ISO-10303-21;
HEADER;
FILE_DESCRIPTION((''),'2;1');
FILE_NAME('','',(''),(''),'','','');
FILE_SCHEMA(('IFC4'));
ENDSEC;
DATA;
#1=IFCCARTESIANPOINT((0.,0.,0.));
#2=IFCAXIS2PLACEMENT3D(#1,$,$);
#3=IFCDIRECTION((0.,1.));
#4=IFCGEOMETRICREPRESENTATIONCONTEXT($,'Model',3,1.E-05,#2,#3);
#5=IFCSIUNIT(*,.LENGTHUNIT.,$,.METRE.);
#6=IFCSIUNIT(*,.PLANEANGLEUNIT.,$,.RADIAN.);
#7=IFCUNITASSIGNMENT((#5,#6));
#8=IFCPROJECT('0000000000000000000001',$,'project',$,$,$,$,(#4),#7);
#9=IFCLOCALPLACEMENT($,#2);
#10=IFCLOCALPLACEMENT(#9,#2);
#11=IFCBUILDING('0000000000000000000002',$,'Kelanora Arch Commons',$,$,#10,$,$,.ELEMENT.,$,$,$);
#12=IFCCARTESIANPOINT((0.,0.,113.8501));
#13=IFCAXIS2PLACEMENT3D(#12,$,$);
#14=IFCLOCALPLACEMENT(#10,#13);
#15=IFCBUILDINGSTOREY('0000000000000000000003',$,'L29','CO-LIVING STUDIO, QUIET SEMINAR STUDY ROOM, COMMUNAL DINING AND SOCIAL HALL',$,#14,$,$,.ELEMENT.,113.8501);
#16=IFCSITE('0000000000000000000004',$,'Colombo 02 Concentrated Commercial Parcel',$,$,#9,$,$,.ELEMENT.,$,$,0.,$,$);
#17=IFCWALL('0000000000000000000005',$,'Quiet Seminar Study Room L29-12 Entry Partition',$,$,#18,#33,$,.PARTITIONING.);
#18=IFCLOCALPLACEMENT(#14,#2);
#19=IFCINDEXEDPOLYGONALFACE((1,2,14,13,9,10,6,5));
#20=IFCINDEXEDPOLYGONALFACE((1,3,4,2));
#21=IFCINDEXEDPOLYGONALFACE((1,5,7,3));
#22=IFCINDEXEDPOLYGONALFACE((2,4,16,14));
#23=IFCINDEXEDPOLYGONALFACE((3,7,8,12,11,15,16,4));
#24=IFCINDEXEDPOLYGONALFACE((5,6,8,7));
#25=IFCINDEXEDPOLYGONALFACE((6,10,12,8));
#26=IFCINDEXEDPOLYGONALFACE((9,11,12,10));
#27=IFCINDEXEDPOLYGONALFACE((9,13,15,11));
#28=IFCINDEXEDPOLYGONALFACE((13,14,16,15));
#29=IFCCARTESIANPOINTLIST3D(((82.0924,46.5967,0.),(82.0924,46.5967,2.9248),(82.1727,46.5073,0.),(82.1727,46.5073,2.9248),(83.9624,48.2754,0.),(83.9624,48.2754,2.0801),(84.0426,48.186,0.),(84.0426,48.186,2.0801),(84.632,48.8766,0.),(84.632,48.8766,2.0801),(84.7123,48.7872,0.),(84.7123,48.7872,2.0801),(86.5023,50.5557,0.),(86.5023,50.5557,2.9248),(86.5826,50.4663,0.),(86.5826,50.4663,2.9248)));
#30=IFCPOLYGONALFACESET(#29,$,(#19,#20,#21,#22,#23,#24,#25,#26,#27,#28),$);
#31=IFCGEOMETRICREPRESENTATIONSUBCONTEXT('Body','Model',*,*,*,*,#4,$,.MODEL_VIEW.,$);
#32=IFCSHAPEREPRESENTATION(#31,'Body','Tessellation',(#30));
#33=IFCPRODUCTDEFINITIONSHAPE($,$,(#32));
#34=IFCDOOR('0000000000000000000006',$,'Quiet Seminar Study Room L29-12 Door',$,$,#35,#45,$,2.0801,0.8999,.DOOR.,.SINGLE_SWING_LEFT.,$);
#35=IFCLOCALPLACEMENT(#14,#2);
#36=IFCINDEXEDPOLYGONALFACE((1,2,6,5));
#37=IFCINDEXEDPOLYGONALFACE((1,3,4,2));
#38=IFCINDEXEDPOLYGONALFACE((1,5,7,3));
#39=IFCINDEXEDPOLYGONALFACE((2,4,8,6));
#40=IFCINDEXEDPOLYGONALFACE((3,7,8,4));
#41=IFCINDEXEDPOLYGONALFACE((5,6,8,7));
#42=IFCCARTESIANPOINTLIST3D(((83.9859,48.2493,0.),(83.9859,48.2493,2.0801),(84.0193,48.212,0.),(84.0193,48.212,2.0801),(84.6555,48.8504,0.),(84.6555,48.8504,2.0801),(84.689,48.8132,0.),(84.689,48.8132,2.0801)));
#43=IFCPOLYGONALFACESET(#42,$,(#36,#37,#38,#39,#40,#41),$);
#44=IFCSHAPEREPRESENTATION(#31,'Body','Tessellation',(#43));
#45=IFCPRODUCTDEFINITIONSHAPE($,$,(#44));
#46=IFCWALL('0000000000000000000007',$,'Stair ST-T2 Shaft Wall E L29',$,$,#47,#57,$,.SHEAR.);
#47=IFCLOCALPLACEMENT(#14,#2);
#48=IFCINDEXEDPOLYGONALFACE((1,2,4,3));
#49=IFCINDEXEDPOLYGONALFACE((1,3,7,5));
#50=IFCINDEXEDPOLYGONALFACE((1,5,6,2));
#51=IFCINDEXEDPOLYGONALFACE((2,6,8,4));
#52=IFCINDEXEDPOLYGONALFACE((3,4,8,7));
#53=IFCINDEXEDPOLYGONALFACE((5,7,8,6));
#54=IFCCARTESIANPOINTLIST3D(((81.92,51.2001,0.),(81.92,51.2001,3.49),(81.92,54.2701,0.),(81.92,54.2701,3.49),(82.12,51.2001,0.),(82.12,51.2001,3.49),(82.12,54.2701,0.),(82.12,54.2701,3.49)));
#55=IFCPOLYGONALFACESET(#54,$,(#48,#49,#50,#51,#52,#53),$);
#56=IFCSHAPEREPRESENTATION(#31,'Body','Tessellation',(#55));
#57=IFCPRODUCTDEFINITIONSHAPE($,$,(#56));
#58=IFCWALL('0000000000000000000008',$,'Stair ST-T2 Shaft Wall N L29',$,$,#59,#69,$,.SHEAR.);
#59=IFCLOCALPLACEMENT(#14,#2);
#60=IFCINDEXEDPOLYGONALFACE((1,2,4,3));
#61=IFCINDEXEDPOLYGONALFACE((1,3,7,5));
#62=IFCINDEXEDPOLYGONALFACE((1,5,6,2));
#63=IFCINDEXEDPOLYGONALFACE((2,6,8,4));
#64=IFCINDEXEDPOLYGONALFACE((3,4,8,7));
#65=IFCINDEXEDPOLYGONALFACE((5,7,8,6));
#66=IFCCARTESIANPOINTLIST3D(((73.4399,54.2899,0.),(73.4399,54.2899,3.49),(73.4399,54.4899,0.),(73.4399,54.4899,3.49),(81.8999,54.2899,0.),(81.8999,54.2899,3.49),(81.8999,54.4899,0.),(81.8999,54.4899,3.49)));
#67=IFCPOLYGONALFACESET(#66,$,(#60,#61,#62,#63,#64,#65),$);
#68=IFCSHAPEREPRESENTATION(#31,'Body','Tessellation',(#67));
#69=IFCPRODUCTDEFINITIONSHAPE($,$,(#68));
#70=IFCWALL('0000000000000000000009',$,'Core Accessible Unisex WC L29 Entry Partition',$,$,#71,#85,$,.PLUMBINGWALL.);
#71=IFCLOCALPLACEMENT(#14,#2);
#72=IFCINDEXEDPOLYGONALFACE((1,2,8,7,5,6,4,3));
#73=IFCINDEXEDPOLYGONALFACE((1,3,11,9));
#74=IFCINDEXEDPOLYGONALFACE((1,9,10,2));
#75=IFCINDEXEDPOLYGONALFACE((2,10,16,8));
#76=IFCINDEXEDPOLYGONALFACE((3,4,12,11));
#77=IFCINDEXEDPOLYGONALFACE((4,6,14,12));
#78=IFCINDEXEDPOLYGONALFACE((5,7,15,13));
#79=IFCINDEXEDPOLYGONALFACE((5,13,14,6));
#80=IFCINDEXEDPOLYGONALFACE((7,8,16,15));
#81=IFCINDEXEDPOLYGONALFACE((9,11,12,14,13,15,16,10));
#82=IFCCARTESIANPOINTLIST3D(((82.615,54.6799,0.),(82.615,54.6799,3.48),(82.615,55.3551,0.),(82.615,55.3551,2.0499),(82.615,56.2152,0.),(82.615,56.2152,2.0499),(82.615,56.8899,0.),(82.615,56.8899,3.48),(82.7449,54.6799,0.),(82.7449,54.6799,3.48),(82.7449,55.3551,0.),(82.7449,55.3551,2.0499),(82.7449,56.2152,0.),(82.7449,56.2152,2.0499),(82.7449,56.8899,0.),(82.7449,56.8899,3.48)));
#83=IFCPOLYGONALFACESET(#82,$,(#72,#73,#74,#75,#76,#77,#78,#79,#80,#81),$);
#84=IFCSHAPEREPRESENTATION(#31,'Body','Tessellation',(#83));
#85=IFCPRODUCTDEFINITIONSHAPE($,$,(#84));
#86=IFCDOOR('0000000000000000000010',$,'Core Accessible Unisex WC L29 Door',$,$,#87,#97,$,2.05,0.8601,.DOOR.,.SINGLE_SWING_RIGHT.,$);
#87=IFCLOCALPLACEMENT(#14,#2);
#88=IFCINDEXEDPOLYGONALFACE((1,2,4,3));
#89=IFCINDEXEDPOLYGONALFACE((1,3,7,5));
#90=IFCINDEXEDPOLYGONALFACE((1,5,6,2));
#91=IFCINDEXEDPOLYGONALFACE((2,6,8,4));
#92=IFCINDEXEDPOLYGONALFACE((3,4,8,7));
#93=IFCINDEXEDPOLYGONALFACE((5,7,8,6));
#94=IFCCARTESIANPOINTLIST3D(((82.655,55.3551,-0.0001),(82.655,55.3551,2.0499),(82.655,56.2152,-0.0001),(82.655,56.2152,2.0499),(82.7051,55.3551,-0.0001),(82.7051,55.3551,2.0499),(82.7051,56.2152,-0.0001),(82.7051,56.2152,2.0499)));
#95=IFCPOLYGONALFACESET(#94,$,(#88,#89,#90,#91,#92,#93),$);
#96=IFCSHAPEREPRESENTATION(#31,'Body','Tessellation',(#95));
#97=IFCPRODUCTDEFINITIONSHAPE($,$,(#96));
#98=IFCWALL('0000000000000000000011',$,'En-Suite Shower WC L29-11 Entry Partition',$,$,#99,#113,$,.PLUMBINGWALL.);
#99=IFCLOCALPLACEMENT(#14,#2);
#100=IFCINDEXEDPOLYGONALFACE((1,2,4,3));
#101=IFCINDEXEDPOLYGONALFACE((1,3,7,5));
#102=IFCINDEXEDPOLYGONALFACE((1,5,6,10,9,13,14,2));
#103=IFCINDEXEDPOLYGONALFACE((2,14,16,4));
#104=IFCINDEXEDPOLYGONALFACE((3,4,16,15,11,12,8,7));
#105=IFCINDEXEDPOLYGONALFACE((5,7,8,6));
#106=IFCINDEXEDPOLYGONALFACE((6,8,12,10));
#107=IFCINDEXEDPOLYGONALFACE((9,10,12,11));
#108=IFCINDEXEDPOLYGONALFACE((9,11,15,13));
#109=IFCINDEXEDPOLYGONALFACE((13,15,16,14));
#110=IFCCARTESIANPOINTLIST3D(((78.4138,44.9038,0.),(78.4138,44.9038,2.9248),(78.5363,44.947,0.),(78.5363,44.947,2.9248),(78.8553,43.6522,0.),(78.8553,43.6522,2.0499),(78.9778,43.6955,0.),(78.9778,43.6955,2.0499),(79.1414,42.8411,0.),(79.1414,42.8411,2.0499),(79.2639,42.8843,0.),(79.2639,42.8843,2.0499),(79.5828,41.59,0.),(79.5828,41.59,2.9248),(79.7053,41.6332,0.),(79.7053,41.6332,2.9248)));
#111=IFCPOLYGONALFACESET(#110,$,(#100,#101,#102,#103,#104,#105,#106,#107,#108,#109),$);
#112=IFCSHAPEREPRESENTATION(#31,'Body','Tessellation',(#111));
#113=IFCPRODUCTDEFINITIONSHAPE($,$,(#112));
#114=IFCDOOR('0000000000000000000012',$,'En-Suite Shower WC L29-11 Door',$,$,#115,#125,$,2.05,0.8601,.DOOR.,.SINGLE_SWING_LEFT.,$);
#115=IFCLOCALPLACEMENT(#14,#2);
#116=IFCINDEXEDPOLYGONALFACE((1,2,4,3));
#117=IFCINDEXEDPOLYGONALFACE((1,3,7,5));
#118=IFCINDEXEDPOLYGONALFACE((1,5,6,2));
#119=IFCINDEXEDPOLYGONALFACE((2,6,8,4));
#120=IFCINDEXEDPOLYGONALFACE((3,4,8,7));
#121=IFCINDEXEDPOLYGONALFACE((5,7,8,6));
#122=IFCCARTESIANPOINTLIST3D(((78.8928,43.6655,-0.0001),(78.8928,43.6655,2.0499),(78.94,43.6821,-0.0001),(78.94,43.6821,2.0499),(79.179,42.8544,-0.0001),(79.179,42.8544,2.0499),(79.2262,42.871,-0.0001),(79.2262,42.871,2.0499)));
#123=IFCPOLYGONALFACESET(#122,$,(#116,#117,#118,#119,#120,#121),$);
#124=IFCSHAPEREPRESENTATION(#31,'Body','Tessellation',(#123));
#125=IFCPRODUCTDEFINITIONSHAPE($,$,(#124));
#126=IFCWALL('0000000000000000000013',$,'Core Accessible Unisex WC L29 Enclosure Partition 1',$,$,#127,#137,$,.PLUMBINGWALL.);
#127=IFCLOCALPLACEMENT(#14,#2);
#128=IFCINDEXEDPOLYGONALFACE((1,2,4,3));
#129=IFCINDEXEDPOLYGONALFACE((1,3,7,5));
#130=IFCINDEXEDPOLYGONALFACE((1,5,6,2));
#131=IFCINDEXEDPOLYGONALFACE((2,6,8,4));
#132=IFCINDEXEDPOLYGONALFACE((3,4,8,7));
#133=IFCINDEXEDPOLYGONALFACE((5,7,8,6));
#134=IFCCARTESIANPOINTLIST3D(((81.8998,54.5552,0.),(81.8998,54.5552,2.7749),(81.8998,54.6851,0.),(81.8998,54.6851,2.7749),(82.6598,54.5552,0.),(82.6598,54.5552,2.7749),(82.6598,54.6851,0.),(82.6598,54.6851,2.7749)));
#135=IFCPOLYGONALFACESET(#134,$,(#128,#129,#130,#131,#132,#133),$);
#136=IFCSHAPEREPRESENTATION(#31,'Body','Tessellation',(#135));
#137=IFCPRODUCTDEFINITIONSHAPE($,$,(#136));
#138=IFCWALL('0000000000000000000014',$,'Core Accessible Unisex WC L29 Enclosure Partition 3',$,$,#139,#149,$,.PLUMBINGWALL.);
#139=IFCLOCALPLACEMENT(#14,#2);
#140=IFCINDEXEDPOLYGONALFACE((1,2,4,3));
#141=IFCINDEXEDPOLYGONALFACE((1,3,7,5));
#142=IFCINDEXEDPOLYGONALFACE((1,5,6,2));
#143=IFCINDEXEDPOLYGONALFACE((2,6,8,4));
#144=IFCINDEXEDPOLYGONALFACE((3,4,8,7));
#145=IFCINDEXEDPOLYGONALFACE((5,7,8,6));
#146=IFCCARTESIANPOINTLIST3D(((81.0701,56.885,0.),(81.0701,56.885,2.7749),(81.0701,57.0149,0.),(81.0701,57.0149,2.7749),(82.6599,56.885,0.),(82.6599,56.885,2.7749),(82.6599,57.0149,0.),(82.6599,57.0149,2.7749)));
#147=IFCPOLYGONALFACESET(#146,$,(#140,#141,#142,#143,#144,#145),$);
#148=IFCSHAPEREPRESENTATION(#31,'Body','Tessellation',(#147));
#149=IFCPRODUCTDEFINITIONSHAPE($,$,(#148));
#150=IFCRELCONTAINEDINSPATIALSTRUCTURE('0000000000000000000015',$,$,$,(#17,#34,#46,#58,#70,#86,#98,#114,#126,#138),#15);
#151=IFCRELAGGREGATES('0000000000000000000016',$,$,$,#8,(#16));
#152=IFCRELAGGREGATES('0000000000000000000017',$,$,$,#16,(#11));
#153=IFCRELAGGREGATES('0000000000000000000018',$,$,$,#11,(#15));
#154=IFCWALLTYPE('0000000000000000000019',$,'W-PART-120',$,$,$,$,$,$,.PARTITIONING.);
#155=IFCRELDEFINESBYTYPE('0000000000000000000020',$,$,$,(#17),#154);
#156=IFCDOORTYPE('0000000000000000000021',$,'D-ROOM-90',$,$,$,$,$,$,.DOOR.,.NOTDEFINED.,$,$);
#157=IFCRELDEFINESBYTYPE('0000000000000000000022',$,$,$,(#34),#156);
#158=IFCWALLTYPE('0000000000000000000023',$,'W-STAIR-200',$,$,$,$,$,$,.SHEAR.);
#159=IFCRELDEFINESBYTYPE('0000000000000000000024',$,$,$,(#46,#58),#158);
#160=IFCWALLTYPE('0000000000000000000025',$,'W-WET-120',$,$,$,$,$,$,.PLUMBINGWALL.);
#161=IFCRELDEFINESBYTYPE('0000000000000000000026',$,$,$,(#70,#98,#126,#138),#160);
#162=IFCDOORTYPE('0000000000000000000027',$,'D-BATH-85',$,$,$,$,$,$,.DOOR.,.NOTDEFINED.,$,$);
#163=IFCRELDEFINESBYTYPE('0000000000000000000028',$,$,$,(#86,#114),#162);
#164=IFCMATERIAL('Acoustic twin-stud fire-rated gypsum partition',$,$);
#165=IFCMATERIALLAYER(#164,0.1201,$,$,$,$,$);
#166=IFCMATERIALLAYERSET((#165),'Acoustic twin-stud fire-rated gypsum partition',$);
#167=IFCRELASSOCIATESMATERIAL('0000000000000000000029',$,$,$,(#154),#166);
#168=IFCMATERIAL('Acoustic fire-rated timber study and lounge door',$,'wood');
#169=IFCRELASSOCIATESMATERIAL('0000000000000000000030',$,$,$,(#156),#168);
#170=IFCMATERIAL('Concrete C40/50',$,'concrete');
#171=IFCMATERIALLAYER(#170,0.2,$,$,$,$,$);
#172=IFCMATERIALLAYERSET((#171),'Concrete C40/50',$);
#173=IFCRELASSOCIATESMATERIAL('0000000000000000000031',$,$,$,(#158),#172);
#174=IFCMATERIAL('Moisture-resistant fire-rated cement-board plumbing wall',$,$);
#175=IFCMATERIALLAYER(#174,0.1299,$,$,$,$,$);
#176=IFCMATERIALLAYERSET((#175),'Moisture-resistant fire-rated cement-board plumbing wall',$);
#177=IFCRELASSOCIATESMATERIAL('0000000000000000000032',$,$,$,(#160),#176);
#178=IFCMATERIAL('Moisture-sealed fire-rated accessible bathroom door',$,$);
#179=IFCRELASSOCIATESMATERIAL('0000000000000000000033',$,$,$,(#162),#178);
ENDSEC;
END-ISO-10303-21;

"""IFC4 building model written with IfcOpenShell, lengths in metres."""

from ifc_helpers import new_model, si_unit, direction, frame, frame_2d, origin, place, context, subcontext, project, spatial, rectangle, extrude, material, layer, layer_set, type_object, element, fill, save


model = new_model("IFC4")

# Units and contexts
model_context = context("Model", 3, precision=1e-05, world=origin(), true_north=direction((0.0, 1.0)))
body_context = subcontext(model_context, "Body", "Model", "MODEL_VIEW")
ifc_project = project(units=[si_unit("LENGTHUNIT", "METRE"), si_unit("PLANEANGLEUNIT", "RADIAN")], contexts=[model_context])

# Site, building, storey
site_placement = place(None, origin())
site = spatial("IfcSite", under=ifc_project, at=site_placement, Name="Colombo 02 Concentrated Commercial Parcel", CompositionType="ELEMENT", RefElevation=0.0)
building_placement = place(site_placement, origin())
building = spatial("IfcBuilding", under=site, at=building_placement, Name="Kelanora Arch Commons", CompositionType="ELEMENT")
storey_placement = place(building_placement, frame((0.0, 0.0, 113.8501)))
storey = spatial("IfcBuildingStorey", under=building, at=storey_placement, Name="L29", Description="CO-LIVING STUDIO, QUIET SEMINAR STUDY ROOM, COMMUNAL DINING AND SOCIAL HALL", CompositionType="ELEMENT", Elevation=113.8501)

# Wall, opening, door
ifc_material_1 = material(Name="Acoustic twin-stud fire-rated gypsum partition")
ifc_layer_1 = layer(ifc_material_1, 0.1201)
ifc_layer_set_1 = layer_set([ifc_layer_1], Name="Acoustic twin-stud fire-rated gypsum partition")
wall_type_1 = type_object("IfcWallType", Name="W-PART-120", PredefinedType="PARTITIONING", material=ifc_layer_set_1)
wall_1_placement = place(storey_placement, frame((82.1326, 46.552, 0.0), z_axis=(0.0, 0.0, 1.0), x_axis=(0.744127, 0.668038, 0.0)))
wall_1 = element("IfcWall", 1, at=wall_1_placement, inside=storey, type_object=wall_type_1, Name="Quiet Seminar Study Room L29-12 Entry Partition", PredefinedType="PARTITIONING", context=body_context, shape_type="SweptSolid", body=[
    extrude(rectangle(XDim=5.9263, YDim=0.1201, at=frame_2d((2.9631, 0.0))), origin(), (0.0, 0.0, 1.0), 2.9248),
])
opening_1_placement = place(wall_1_placement, frame((2.5129, 0.0, 0.0)))
opening_1 = element("IfcOpeningElement", 2, at=opening_1_placement, cuts=wall_1, PredefinedType="OPENING", context=body_context, shape_type="SweptSolid", body=[
    extrude(rectangle(XDim=0.8999, YDim=2.0801, at=frame_2d((0.45, 1.04))), frame((0.0, 0.0701, 0.0), z_axis=(0.0, -1.0, 0.0), x_axis=(1.0, 0.0, 0.0)), (0.0, 0.0, 1.0), 0.1401),
])
ifc_material_2 = material(Name="Acoustic fire-rated timber study and lounge door", Category="wood")
door_type_1 = type_object("IfcDoorType", Name="D-ROOM-90", OperationType="NOTDEFINED", PredefinedType="DOOR", material=ifc_material_2)
door_1_placement = place(opening_1_placement, origin())
door_1 = element("IfcDoor", 3, at=door_1_placement, inside=storey, type_object=door_type_1, Name="Quiet Seminar Study Room L29-12 Door", OperationType="SINGLE_SWING_LEFT", OverallHeight=2.0801, OverallWidth=0.8999, PredefinedType="DOOR", context=body_context, shape_type="SweptSolid", body=[
    extrude(rectangle(XDim=0.8999, YDim=2.0801, at=frame_2d((0.45, 1.04))), frame((0.0, 0.0249, 0.0), z_axis=(0.0, -1.0, 0.0), x_axis=(1.0, 0.0, 0.0)), (0.0, 0.0, 1.0), 0.05),
])
fill(opening_1, door_1)

# Walls
ifc_material_3 = material(Name="Concrete C40/50", Category="concrete")
ifc_layer_2 = layer(ifc_material_3, 0.2)
ifc_layer_set_2 = layer_set([ifc_layer_2], Name="Concrete C40/50")
wall_type_2 = type_object("IfcWallType", Name="W-STAIR-200", PredefinedType="SHEAR", material=ifc_layer_set_2)
wall_2_placement = place(storey_placement, frame((82.02, 51.2, 0.0), z_axis=(0.0, 0.0, 1.0), x_axis=(0.0, 1.0, 0.0)))
element("IfcWall", 4, at=wall_2_placement, inside=storey, type_object=wall_type_2, Name="Stair ST-T2 Shaft Wall E L29", PredefinedType="SHEAR", context=body_context, shape_type="SweptSolid", body=[
    extrude(rectangle(XDim=3.0701, YDim=0.2, at=frame_2d((1.5352, 0.0))), origin(), (0.0, 0.0, 1.0), 3.49),
])
wall_3_placement = place(storey_placement, frame((81.8999, 54.3899, 0.0), z_axis=(0.0, 0.0, 1.0), x_axis=(-1.0, 0.0, 0.0)))
element("IfcWall", 5, at=wall_3_placement, inside=storey, type_object=wall_type_2, Name="Stair ST-T2 Shaft Wall N L29", PredefinedType="SHEAR", context=body_context, shape_type="SweptSolid", body=[
    extrude(rectangle(XDim=8.46, YDim=0.2, at=frame_2d((4.23, 0.0))), origin(), (0.0, 0.0, 1.0), 3.49),
])

# Walls, openings, doors
ifc_material_4 = material(Name="Moisture-resistant fire-rated cement-board plumbing wall")
ifc_layer_3 = layer(ifc_material_4, 0.1299)
ifc_layer_set_3 = layer_set([ifc_layer_3], Name="Moisture-resistant fire-rated cement-board plumbing wall")
wall_type_3 = type_object("IfcWallType", Name="W-WET-120", PredefinedType="PLUMBINGWALL", material=ifc_layer_set_3)
wall_4_placement = place(storey_placement, frame((82.6799, 54.6799, 0.0), z_axis=(0.0, 0.0, 1.0), x_axis=(0.0, 1.0, 0.0)))
wall_4 = element("IfcWall", 6, at=wall_4_placement, inside=storey, type_object=wall_type_3, Name="Core Accessible Unisex WC L29 Entry Partition", PredefinedType="PLUMBINGWALL", context=body_context, shape_type="SweptSolid", body=[
    extrude(rectangle(XDim=2.21, YDim=0.1299, at=frame_2d((1.105, 0.0))), origin(), (0.0, 0.0, 1.0), 3.48),
])
opening_2_placement = place(wall_4_placement, frame((0.675, 0.0, 0.0)))
opening_2 = element("IfcOpeningElement", 7, at=opening_2_placement, cuts=wall_4, PredefinedType="OPENING", context=body_context, shape_type="SweptSolid", body=[
    extrude(rectangle(XDim=0.8601, YDim=2.05, at=frame_2d((0.4302, 1.0249))), frame((0.0, 0.075, 0.0), z_axis=(0.0, -1.0, 0.0), x_axis=(1.0, 0.0, 0.0)), (0.0, 0.0, 1.0), 0.1499),
])
ifc_material_5 = material(Name="Moisture-sealed fire-rated accessible bathroom door")
door_type_2 = type_object("IfcDoorType", Name="D-BATH-85", OperationType="NOTDEFINED", PredefinedType="DOOR", material=ifc_material_5)
door_2_placement = place(opening_2_placement, origin())
door_2 = element("IfcDoor", 8, at=door_2_placement, inside=storey, type_object=door_type_2, Name="Core Accessible Unisex WC L29 Door", OperationType="SINGLE_SWING_RIGHT", OverallHeight=2.05, OverallWidth=0.8601, PredefinedType="DOOR", context=body_context, shape_type="SweptSolid", body=[
    extrude(rectangle(XDim=0.8601, YDim=2.05, at=frame_2d((0.4302, 1.0249))), frame((0.0, 0.0249, 0.0), z_axis=(0.0, -1.0, 0.0), x_axis=(1.0, 0.0, 0.0)), (0.0, 0.0, 1.0), 0.05),
])
fill(opening_2, door_2)
wall_5_placement = place(storey_placement, frame((78.4751, 44.9253, 0.0), z_axis=(0.0, 0.0, 1.0), x_axis=(0.332667, -0.943044, 0.0)))
wall_5 = element("IfcWall", 9, at=wall_5_placement, inside=storey, type_object=wall_type_3, Name="En-Suite Shower WC L29-11 Entry Partition", PredefinedType="PLUMBINGWALL", context=body_context, shape_type="SweptSolid", body=[
    extrude(rectangle(XDim=3.5139, YDim=0.1299, at=frame_2d((1.7568, 0.0))), origin(), (0.0, 0.0, 1.0), 2.9248),
])
opening_3_placement = place(wall_5_placement, frame((1.3269, 0.0, 0.0)))
opening_3 = element("IfcOpeningElement", 10, at=opening_3_placement, cuts=wall_5, PredefinedType="OPENING", context=body_context, shape_type="SweptSolid", body=[
    extrude(rectangle(XDim=0.8601, YDim=2.05, at=frame_2d((0.4302, 1.0249))), frame((0.0, 0.075, 0.0), z_axis=(0.0, -1.0, 0.0), x_axis=(1.0, 0.0, 0.0)), (0.0, 0.0, 1.0), 0.1499),
])
door_3_placement = place(opening_3_placement, origin())
door_3 = element("IfcDoor", 11, at=door_3_placement, inside=storey, type_object=door_type_2, Name="En-Suite Shower WC L29-11 Door", OperationType="SINGLE_SWING_LEFT", OverallHeight=2.05, OverallWidth=0.8601, PredefinedType="DOOR", context=body_context, shape_type="SweptSolid", body=[
    extrude(rectangle(XDim=0.8601, YDim=2.05, at=frame_2d((0.4302, 1.0249))), frame((0.0, 0.0249, 0.0), z_axis=(0.0, -1.0, 0.0), x_axis=(1.0, 0.0, 0.0)), (0.0, 0.0, 1.0), 0.05),
])
fill(opening_3, door_3)

# Walls
wall_6_placement = place(storey_placement, frame((81.8999, 54.6201, 0.0), z_axis=(0.0, 0.0, 1.0), x_axis=(1.0, 0.0, 0.0)))
element("IfcWall", 12, at=wall_6_placement, inside=storey, type_object=wall_type_3, Name="Core Accessible Unisex WC L29 Enclosure Partition 1", PredefinedType="PLUMBINGWALL", context=body_context, shape_type="SweptSolid", body=[
    extrude(rectangle(XDim=0.76, YDim=0.1299, at=frame_2d((0.3799, 0.0))), origin(), (0.0, 0.0, 1.0), 2.7749),
])
wall_7_placement = place(storey_placement, frame((82.6599, 56.95, 0.0), z_axis=(0.0, 0.0, 1.0), x_axis=(-1.0, 0.0, 0.0)))
element("IfcWall", 13, at=wall_7_placement, inside=storey, type_object=wall_type_3, Name="Core Accessible Unisex WC L29 Enclosure Partition 3", PredefinedType="PLUMBINGWALL", context=body_context, shape_type="SweptSolid", body=[
    extrude(rectangle(XDim=1.5898, YDim=0.1299, at=frame_2d((0.7949, 0.0))), origin(), (0.0, 0.0, 1.0), 2.7749),
])

save(model, "model.ifc")
